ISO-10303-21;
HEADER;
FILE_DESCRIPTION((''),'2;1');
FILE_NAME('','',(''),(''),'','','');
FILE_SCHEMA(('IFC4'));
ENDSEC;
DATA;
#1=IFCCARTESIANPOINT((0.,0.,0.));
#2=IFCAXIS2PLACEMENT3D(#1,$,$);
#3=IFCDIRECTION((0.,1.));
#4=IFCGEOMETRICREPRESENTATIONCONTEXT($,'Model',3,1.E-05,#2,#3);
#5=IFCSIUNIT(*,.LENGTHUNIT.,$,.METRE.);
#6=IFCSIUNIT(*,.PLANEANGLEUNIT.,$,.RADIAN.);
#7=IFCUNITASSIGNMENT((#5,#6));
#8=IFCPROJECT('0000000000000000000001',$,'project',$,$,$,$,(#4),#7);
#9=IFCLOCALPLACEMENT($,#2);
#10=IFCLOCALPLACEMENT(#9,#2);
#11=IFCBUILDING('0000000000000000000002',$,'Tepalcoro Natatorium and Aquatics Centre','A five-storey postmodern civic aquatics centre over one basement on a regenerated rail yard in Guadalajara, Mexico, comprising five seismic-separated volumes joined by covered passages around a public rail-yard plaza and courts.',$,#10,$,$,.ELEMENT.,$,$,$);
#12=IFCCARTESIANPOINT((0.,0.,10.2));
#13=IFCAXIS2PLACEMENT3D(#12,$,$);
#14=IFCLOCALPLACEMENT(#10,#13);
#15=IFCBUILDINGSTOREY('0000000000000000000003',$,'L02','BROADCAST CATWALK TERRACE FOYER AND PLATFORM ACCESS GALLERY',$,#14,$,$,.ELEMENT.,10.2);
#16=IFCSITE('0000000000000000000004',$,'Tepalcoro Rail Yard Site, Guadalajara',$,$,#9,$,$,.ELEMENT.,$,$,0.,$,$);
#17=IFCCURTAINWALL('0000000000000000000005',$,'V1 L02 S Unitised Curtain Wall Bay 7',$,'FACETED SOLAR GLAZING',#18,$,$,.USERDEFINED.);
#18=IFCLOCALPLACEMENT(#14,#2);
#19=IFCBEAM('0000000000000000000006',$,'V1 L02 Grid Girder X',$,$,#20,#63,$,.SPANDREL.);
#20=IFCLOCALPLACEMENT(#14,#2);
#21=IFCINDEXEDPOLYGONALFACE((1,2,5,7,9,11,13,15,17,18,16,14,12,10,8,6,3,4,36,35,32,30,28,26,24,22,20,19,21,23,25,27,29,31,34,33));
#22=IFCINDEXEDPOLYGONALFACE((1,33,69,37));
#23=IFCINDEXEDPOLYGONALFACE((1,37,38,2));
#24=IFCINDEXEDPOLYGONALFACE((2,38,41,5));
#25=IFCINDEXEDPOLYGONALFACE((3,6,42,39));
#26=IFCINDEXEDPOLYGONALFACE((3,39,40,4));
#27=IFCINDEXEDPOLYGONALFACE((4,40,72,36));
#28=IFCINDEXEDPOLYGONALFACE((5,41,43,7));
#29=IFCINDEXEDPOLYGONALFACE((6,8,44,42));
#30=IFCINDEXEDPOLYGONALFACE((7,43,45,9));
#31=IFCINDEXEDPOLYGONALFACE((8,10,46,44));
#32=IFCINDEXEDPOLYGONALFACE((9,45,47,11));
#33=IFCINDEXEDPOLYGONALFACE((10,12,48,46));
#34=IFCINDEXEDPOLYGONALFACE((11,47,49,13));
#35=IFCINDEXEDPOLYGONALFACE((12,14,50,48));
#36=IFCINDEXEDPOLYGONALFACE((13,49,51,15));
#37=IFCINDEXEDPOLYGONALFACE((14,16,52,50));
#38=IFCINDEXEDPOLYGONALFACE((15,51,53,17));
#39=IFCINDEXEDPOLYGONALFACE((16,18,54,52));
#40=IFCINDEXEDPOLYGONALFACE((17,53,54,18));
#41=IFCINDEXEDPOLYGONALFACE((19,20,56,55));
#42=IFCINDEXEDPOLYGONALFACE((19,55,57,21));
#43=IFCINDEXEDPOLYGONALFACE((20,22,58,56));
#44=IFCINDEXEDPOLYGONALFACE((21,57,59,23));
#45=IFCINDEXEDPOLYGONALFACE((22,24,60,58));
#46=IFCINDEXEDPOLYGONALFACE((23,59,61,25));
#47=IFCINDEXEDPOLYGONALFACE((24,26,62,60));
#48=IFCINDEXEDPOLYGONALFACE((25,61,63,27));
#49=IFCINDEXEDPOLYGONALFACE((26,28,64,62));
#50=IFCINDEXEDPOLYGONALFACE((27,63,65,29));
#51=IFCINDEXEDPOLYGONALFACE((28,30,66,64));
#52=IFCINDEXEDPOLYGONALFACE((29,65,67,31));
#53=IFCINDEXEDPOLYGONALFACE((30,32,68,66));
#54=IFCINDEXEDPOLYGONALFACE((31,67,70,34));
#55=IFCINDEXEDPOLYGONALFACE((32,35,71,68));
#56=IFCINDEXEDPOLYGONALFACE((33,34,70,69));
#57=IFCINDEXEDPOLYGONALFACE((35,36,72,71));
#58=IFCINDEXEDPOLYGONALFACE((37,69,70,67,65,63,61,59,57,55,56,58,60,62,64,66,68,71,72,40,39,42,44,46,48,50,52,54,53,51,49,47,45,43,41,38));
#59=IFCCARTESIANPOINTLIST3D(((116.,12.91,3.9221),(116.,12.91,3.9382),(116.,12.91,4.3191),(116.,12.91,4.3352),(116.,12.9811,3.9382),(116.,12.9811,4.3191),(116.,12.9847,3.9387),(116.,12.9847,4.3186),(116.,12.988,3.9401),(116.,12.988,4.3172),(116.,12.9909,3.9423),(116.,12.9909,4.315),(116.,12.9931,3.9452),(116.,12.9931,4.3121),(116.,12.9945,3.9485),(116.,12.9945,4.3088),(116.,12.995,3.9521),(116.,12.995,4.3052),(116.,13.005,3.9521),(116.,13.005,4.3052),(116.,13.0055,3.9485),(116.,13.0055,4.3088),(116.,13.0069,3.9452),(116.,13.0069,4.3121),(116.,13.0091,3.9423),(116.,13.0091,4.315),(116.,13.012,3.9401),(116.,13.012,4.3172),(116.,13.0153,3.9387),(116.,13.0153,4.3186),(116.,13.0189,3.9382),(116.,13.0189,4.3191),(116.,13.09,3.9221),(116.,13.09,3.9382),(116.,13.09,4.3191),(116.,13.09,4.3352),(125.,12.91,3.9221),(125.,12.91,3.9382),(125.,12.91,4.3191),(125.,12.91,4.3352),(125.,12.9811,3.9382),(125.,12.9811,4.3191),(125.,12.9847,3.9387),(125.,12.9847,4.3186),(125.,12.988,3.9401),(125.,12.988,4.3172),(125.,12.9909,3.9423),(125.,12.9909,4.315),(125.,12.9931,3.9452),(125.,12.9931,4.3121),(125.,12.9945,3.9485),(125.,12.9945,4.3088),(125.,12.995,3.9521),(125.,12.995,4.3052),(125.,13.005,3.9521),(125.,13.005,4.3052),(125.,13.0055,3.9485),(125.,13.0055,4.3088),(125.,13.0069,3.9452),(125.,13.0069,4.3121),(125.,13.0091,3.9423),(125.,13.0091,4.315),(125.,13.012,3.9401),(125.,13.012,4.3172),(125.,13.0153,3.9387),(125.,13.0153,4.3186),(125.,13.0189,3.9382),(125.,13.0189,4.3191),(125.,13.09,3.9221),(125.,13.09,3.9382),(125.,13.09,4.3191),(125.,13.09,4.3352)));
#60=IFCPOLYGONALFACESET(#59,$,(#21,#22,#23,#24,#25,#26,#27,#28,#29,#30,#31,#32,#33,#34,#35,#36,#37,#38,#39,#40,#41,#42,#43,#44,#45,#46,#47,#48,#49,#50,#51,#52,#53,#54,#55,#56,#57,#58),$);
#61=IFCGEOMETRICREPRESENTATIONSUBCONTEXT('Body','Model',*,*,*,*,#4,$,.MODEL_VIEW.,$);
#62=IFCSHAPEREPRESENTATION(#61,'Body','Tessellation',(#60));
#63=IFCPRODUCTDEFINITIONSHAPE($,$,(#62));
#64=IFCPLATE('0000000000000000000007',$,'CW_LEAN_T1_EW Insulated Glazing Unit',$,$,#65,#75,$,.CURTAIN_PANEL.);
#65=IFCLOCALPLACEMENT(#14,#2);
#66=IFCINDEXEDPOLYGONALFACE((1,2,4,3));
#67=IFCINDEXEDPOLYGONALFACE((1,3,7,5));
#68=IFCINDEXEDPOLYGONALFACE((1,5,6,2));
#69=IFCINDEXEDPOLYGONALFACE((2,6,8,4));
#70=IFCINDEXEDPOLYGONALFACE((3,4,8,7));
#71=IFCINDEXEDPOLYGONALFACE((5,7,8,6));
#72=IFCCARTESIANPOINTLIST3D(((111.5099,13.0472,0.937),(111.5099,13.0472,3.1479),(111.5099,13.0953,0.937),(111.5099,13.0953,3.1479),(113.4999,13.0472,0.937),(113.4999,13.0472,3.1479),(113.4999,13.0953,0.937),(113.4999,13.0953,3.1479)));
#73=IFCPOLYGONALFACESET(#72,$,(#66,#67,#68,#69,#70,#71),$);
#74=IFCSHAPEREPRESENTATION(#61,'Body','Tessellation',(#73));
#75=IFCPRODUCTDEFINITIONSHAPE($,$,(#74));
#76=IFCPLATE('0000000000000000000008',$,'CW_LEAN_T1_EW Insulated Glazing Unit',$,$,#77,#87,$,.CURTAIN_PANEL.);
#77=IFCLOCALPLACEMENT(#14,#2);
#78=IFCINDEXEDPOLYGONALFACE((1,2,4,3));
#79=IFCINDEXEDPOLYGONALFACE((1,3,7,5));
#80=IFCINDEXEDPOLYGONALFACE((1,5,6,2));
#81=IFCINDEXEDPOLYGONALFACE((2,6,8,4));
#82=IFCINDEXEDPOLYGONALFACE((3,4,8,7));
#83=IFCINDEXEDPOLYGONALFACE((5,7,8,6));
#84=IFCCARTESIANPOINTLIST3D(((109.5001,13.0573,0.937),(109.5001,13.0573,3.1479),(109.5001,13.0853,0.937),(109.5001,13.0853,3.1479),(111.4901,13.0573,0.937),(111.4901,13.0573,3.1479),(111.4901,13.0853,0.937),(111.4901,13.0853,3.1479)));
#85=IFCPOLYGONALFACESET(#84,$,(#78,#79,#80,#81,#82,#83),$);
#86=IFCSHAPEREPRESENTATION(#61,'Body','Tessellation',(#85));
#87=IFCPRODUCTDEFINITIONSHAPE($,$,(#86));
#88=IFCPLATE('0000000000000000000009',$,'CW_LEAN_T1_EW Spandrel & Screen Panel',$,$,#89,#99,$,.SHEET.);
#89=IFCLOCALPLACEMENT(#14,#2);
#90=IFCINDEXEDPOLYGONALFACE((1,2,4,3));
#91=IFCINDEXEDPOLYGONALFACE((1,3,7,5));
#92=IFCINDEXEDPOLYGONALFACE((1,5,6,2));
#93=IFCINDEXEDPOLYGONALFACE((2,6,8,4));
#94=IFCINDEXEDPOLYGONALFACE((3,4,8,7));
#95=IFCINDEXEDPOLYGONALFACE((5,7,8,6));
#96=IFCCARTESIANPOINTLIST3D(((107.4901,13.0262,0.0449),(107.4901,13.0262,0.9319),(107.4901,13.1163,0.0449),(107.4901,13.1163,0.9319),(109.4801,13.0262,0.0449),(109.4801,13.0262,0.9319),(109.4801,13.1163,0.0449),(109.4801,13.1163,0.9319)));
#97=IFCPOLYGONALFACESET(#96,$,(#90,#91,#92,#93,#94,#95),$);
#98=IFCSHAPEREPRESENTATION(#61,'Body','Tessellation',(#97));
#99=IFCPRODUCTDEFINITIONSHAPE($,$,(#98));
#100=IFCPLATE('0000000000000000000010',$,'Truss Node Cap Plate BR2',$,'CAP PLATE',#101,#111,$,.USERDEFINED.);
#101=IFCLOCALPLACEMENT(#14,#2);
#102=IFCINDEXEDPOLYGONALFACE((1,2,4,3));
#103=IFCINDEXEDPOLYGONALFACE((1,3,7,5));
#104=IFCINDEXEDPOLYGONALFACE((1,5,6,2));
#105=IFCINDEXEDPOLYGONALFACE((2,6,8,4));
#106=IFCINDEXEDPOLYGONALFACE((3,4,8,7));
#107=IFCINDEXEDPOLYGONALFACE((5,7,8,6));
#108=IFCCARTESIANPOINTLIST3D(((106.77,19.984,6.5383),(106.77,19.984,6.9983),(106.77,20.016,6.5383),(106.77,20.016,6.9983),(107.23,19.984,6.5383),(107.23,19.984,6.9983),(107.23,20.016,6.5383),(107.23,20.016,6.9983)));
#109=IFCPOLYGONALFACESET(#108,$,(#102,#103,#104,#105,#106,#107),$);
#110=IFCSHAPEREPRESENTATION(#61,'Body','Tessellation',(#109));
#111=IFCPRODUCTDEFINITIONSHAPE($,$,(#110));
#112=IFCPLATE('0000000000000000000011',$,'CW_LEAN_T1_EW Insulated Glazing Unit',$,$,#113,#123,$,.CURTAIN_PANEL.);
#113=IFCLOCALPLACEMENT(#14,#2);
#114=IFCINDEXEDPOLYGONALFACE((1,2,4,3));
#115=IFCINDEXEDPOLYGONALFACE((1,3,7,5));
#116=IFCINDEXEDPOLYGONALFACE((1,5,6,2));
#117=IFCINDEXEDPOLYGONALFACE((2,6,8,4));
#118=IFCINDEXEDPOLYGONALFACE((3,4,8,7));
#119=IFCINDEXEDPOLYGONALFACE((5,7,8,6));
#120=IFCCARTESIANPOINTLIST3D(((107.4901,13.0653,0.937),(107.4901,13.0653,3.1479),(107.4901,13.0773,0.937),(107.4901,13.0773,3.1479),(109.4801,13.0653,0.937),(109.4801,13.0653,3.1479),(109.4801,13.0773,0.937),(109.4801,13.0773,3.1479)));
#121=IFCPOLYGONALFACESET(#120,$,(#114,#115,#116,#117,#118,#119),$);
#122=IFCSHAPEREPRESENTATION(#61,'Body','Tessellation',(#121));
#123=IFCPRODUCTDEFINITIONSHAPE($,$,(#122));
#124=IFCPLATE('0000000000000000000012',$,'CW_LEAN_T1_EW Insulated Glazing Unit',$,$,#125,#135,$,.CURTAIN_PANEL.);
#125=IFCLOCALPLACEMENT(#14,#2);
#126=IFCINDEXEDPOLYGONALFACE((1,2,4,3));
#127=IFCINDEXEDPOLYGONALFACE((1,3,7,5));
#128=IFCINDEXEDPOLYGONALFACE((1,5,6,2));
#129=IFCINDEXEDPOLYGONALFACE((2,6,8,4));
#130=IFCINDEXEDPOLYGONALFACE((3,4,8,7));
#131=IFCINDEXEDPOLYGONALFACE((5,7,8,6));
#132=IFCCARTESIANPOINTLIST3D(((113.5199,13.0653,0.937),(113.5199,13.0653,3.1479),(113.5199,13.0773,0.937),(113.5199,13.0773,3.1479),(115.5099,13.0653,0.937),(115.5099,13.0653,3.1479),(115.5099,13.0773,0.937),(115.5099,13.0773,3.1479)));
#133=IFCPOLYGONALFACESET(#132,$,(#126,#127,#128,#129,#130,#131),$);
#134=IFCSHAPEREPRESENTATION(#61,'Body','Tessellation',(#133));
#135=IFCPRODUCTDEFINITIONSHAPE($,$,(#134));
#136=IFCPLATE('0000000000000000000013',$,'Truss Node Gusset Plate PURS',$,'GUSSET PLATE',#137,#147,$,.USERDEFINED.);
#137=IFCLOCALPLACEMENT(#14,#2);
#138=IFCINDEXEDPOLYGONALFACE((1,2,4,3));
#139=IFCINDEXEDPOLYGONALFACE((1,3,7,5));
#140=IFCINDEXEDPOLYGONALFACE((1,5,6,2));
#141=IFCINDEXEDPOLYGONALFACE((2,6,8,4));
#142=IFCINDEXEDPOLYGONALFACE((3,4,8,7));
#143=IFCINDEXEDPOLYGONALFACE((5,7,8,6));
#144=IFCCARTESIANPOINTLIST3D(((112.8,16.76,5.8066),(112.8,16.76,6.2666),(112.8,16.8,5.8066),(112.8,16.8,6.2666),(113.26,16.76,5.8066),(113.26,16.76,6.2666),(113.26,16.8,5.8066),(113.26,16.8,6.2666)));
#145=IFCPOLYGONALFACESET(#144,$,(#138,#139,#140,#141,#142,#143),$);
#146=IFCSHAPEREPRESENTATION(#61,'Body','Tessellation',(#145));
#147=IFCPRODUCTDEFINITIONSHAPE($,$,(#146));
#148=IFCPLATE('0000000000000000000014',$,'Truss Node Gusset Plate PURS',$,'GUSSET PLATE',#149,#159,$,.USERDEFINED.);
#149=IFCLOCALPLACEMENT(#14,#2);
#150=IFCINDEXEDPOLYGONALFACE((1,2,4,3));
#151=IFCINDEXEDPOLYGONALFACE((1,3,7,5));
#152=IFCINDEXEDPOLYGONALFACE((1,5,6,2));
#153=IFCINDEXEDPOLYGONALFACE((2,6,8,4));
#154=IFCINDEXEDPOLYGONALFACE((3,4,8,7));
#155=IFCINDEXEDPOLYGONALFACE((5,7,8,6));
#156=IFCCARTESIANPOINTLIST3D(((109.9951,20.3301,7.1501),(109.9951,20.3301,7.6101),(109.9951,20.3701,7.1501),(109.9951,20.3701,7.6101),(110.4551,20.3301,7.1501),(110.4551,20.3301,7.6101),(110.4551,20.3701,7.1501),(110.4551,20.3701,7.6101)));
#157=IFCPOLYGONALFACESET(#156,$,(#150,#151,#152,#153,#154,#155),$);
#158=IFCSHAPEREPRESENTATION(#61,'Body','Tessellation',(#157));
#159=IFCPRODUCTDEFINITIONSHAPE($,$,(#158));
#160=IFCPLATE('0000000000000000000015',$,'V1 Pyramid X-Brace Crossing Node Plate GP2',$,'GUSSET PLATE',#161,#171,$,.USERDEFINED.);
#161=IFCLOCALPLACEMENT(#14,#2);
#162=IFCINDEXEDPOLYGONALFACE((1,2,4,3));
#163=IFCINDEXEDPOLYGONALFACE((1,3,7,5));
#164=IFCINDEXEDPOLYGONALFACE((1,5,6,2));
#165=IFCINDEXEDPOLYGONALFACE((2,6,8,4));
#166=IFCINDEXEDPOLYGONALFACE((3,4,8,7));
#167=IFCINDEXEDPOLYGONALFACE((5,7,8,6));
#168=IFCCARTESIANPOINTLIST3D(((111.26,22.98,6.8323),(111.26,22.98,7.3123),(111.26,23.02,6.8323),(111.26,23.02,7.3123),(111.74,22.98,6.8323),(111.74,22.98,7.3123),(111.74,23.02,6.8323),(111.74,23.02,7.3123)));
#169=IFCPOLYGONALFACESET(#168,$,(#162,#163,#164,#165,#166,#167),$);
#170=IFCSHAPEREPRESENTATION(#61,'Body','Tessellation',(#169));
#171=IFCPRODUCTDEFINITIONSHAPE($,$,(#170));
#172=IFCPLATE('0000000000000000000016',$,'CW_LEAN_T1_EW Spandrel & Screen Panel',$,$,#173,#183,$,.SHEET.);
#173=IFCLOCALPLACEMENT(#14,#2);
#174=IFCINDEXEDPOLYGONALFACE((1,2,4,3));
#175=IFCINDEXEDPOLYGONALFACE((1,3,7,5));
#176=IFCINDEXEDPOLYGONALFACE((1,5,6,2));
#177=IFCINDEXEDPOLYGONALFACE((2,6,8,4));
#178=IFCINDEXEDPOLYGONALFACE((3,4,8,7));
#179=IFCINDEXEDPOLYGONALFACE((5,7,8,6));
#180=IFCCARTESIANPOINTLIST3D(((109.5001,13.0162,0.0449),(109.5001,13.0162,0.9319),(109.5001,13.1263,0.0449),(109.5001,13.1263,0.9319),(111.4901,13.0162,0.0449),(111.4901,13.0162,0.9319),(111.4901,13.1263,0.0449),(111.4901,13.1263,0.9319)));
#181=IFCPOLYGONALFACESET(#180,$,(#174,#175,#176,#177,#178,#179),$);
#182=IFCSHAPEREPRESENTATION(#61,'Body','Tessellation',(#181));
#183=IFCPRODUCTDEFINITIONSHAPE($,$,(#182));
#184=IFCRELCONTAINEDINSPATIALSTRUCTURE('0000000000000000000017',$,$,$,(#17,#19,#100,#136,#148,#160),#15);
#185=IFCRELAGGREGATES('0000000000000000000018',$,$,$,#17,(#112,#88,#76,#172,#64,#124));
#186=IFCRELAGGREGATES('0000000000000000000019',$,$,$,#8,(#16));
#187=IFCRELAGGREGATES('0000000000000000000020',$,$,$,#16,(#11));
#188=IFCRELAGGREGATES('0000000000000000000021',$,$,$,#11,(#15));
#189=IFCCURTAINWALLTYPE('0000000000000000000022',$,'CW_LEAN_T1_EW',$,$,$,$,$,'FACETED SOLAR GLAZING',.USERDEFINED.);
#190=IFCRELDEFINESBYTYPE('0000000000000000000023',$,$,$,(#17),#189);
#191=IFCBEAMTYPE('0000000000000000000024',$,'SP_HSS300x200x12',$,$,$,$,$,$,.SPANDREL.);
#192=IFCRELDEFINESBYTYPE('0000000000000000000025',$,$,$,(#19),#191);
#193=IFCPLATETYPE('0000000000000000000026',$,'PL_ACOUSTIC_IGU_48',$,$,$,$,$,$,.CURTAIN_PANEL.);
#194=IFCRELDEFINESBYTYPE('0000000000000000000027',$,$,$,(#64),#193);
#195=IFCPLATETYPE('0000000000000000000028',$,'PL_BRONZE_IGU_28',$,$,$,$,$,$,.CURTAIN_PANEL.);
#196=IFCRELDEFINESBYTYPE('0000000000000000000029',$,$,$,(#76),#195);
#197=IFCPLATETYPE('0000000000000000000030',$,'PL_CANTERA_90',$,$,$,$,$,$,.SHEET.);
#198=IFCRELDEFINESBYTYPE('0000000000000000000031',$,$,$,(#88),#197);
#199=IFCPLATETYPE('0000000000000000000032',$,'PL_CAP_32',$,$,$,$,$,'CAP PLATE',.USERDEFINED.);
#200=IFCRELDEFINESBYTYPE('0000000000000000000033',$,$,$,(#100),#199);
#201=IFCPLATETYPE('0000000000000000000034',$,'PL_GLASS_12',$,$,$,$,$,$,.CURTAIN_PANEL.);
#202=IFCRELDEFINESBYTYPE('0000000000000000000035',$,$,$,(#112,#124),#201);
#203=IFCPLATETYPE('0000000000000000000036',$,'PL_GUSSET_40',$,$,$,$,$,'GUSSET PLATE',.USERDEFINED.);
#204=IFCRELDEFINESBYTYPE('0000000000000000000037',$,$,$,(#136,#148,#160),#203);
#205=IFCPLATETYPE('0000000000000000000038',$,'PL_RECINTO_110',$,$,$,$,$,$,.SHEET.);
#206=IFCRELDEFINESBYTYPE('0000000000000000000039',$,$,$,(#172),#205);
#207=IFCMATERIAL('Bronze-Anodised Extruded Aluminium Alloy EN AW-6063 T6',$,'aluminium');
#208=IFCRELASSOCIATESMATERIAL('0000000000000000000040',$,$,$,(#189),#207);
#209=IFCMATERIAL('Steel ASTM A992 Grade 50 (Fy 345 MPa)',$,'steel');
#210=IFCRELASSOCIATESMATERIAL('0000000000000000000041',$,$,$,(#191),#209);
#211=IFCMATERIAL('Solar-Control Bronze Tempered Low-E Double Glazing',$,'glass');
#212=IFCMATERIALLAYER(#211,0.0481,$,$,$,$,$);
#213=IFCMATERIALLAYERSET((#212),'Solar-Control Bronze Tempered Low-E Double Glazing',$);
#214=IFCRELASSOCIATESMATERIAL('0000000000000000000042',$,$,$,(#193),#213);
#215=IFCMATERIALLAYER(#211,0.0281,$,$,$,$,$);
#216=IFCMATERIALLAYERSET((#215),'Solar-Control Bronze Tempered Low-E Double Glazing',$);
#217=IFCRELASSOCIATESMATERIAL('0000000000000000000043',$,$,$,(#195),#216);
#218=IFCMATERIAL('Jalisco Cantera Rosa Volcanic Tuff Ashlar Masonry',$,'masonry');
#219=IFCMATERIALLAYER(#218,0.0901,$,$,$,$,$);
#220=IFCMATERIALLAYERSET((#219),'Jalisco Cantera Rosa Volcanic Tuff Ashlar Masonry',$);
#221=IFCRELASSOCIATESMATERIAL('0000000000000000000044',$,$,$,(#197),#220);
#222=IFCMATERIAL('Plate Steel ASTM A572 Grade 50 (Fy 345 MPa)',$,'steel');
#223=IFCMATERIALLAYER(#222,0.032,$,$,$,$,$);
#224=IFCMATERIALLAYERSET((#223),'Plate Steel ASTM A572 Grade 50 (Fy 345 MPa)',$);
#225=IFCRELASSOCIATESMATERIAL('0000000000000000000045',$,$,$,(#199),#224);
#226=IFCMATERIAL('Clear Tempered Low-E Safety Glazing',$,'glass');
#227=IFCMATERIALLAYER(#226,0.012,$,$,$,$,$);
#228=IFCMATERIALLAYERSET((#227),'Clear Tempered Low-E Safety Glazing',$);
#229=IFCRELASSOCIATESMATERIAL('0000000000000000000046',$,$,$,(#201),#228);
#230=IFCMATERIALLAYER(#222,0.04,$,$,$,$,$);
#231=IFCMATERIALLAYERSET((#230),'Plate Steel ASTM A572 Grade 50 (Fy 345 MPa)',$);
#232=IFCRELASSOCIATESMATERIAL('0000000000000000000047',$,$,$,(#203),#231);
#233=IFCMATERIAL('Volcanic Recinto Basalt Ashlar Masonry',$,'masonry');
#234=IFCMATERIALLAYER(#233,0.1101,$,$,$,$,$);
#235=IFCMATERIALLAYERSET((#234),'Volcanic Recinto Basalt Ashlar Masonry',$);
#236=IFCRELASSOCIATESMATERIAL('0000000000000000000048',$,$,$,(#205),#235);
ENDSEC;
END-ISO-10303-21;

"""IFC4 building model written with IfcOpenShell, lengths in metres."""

from ifc_helpers import new_model, si_unit, direction, frame, origin, origin_2d, place, context, subcontext, project, spatial, rectangle, i_section, extrude, material, layer, layer_set, material_profile, profile_set, type_object, element, aggregate, save


model = new_model("IFC4")

# Units and contexts
model_context = context("Model", 3, precision=1e-05, world=origin(), true_north=direction((0.0, 1.0)))
body_context = subcontext(model_context, "Body", "Model", "MODEL_VIEW")
ifc_project = project(units=[si_unit("LENGTHUNIT", "METRE"), si_unit("PLANEANGLEUNIT", "RADIAN")], contexts=[model_context])

# Site, building, storey
site_placement = place(None, origin())
site = spatial("IfcSite", under=ifc_project, at=site_placement, Name="Tepalcoro Rail Yard Site, Guadalajara", CompositionType="ELEMENT", RefElevation=0.0)
building_placement = place(site_placement, origin())
building = spatial("IfcBuilding", under=site, at=building_placement, Name="Tepalcoro Natatorium and Aquatics Centre", Description="A five-storey postmodern civic aquatics centre over one basement on a regenerated rail yard in Guadalajara, Mexico, comprising five seismic-separated volumes joined by covered passages around a public rail-yard plaza and courts.", CompositionType="ELEMENT")
storey_placement = place(building_placement, frame((0.0, 0.0, 10.2)))
storey = spatial("IfcBuildingStorey", under=building, at=storey_placement, Name="L02", Description="BROADCAST CATWALK TERRACE FOYER AND PLATFORM ACCESS GALLERY", CompositionType="ELEMENT", Elevation=10.2)

# Shared definitions
ifc_material_1 = material(Name="Steel ASTM A992 Grade 50 (Fy 345 MPa)", Category="steel")

# Curtain wall
ifc_material_2 = material(Name="Bronze-Anodised Extruded Aluminium Alloy EN AW-6063 T6", Category="aluminium")
curtain_wall_type = type_object("IfcCurtainWallType", Name="CW_LEAN_T1_EW", ElementType="FACETED SOLAR GLAZING", PredefinedType="USERDEFINED", material=ifc_material_2)
curtain_wall_placement = place(storey_placement, origin())
curtain_wall = element("IfcCurtainWall", 1, at=curtain_wall_placement, inside=storey, type_object=curtain_wall_type, Name="V1 L02 S Unitised Curtain Wall Bay 7", ObjectType="FACETED SOLAR GLAZING", PredefinedType="USERDEFINED")

# Beam
ifc_material_profile_1 = material_profile(ifc_material_1, i_section(OverallWidth=0.1799, OverallDepth=0.4131, WebThickness=0.01, FlangeThickness=0.0161, FilletRadius=0.0139, at=origin_2d()), Name="W16X50")
ifc_profile_set_1 = profile_set([ifc_material_profile_1], Name="Steel ASTM A992 Grade 50 (Fy 345 MPa)")
beam_type_1 = type_object("IfcBeamType", Name="SP_HSS300x200x12", PredefinedType="SPANDREL", material=ifc_profile_set_1)
beam_1_placement = place(storey_placement, frame((116.0, 13.0, 4.1287), z_axis=(1.0, 0.0, 0.0), x_axis=(0.0, 1.0, 0.0)))
element("IfcBeam", 2, at=beam_1_placement, inside=storey, type_object=beam_type_1, Name="V1 L02 Grid Girder X", PredefinedType="SPANDREL", context=body_context, shape_type="SweptSolid", body=[
    extrude(i_section(OverallWidth=0.1799, OverallDepth=0.4131, WebThickness=0.01, FlangeThickness=0.0161, FilletRadius=0.0139, at=origin_2d()), origin(), (0.0, 0.0, 1.0), 9.0),
])

# Plates
ifc_material_3 = material(Name="Solar-Control Bronze Tempered Low-E Double Glazing", Category="glass")
ifc_layer_1 = layer(ifc_material_3, 0.0481)
ifc_layer_set_1 = layer_set([ifc_layer_1], Name="Solar-Control Bronze Tempered Low-E Double Glazing")
plate_type_1 = type_object("IfcPlateType", Name="PL_ACOUSTIC_IGU_48", PredefinedType="CURTAIN_PANEL", material=ifc_layer_set_1)
plate_1_placement = place(storey_placement, frame((112.5049, 13.0713, 0.937), z_axis=(0.0, 0.0, 1.0), x_axis=(1.0, 0.0, 0.0)))
plate_1 = element("IfcPlate", 3, at=plate_1_placement, type_object=plate_type_1, Name="CW_LEAN_T1_EW Insulated Glazing Unit", PredefinedType="CURTAIN_PANEL", context=body_context, shape_type="SweptSolid", body=[
    extrude(rectangle(XDim=1.99, YDim=0.0481, at=origin_2d()), origin(), (0.0, 0.0, 1.0), 2.2109),
])
ifc_layer_2 = layer(ifc_material_3, 0.0281)
ifc_layer_set_2 = layer_set([ifc_layer_2], Name="Solar-Control Bronze Tempered Low-E Double Glazing")
plate_type_2 = type_object("IfcPlateType", Name="PL_BRONZE_IGU_28", PredefinedType="CURTAIN_PANEL", material=ifc_layer_set_2)
plate_2_placement = place(storey_placement, frame((110.4951, 13.0713, 0.937), z_axis=(0.0, 0.0, 1.0), x_axis=(1.0, 0.0, 0.0)))
plate_2 = element("IfcPlate", 4, at=plate_2_placement, type_object=plate_type_2, Name="CW_LEAN_T1_EW Insulated Glazing Unit", PredefinedType="CURTAIN_PANEL", context=body_context, shape_type="SweptSolid", body=[
    extrude(rectangle(XDim=1.99, YDim=0.0281, at=origin_2d()), origin(), (0.0, 0.0, 1.0), 2.2109),
])
ifc_material_4 = material(Name="Jalisco Cantera Rosa Volcanic Tuff Ashlar Masonry", Category="masonry")
ifc_layer_3 = layer(ifc_material_4, 0.0901)
ifc_layer_set_3 = layer_set([ifc_layer_3], Name="Jalisco Cantera Rosa Volcanic Tuff Ashlar Masonry")
plate_type_3 = type_object("IfcPlateType", Name="PL_CANTERA_90", PredefinedType="SHEET", material=ifc_layer_set_3)
plate_3_placement = place(storey_placement, frame((108.4851, 13.0713, 0.0449), z_axis=(0.0, 0.0, 1.0), x_axis=(1.0, 0.0, 0.0)))
plate_3 = element("IfcPlate", 5, at=plate_3_placement, type_object=plate_type_3, Name="CW_LEAN_T1_EW Spandrel & Screen Panel", PredefinedType="SHEET", context=body_context, shape_type="SweptSolid", body=[
    extrude(rectangle(XDim=1.99, YDim=0.0901, at=origin_2d()), origin(), (0.0, 0.0, 1.0), 0.887),
])
ifc_material_5 = material(Name="Plate Steel ASTM A572 Grade 50 (Fy 345 MPa)", Category="steel")
ifc_layer_4 = layer(ifc_material_5, 0.032)
ifc_layer_set_4 = layer_set([ifc_layer_4], Name="Plate Steel ASTM A572 Grade 50 (Fy 345 MPa)")
plate_type_4 = type_object("IfcPlateType", Name="PL_CAP_32", ElementType="CAP PLATE", PredefinedType="USERDEFINED", material=ifc_layer_set_4)
plate_4_placement = place(storey_placement, frame((107.0, 20.0, 6.5383), z_axis=(0.0, 0.0, 1.0), x_axis=(1.0, 0.0, 0.0)))
element("IfcPlate", 6, at=plate_4_placement, inside=storey, type_object=plate_type_4, Name="Truss Node Cap Plate BR2", ObjectType="CAP PLATE", PredefinedType="USERDEFINED", context=body_context, shape_type="SweptSolid", body=[
    extrude(rectangle(XDim=0.46, YDim=0.032, at=origin_2d()), origin(), (0.0, 0.0, 1.0), 0.46),
])
ifc_material_6 = material(Name="Clear Tempered Low-E Safety Glazing", Category="glass")
ifc_layer_5 = layer(ifc_material_6, 0.012)
ifc_layer_set_5 = layer_set([ifc_layer_5], Name="Clear Tempered Low-E Safety Glazing")
plate_type_5 = type_object("IfcPlateType", Name="PL_GLASS_12", PredefinedType="CURTAIN_PANEL", material=ifc_layer_set_5)
plate_5_placement = place(storey_placement, frame((108.4851, 13.0713, 0.937), z_axis=(0.0, 0.0, 1.0), x_axis=(1.0, 0.0, 0.0)))
plate_5 = element("IfcPlate", 7, at=plate_5_placement, type_object=plate_type_5, Name="CW_LEAN_T1_EW Insulated Glazing Unit", PredefinedType="CURTAIN_PANEL", context=body_context, shape_type="SweptSolid", body=[
    extrude(rectangle(XDim=1.99, YDim=0.012, at=origin_2d()), origin(), (0.0, 0.0, 1.0), 2.2109),
])
plate_6_placement = place(storey_placement, frame((114.5149, 13.0713, 0.937), z_axis=(0.0, 0.0, 1.0), x_axis=(1.0, 0.0, 0.0)))
plate_6 = element("IfcPlate", 8, at=plate_6_placement, type_object=plate_type_5, Name="CW_LEAN_T1_EW Insulated Glazing Unit", PredefinedType="CURTAIN_PANEL", context=body_context, shape_type="SweptSolid", body=[
    extrude(rectangle(XDim=1.99, YDim=0.012, at=origin_2d()), origin(), (0.0, 0.0, 1.0), 2.2109),
])

# Plates
ifc_layer_6 = layer(ifc_material_5, 0.04)
ifc_layer_set_6 = layer_set([ifc_layer_6], Name="Plate Steel ASTM A572 Grade 50 (Fy 345 MPa)")
plate_type_6 = type_object("IfcPlateType", Name="PL_GUSSET_40", ElementType="GUSSET PLATE", PredefinedType="USERDEFINED", material=ifc_layer_set_6)
for number, where, z_axis, x_axis, name in (
    (9, (113.03, 16.78, 5.8066), (0.0, 0.0, 1.0), (1.0, 0.0, 0.0), "Truss Node Gusset Plate PURS"),
    (10, (110.2251, 20.3501, 7.1501), (0.0, 0.0, 1.0), (1.0, 0.0, 0.0), "Truss Node Gusset Plate PURS"),
):
    element("IfcPlate", number, at=place(storey_placement, frame(where, z_axis=z_axis, x_axis=x_axis)), inside=storey, type_object=plate_type_6, Name=name, ObjectType="GUSSET PLATE", PredefinedType="USERDEFINED", context=body_context, shape_type="SweptSolid", body=[
        extrude(rectangle(XDim=0.46, YDim=0.04, at=origin_2d()), origin(), (0.0, 0.0, 1.0), 0.46),
    ])
plate_7_placement = place(storey_placement, frame((111.5, 23.0, 6.8323), z_axis=(0.0, 0.0, 1.0), x_axis=(1.0, 0.0, 0.0)))
element("IfcPlate", 11, at=plate_7_placement, inside=storey, type_object=plate_type_6, Name="V1 Pyramid X-Brace Crossing Node Plate GP2", ObjectType="GUSSET PLATE", PredefinedType="USERDEFINED", context=body_context, shape_type="SweptSolid", body=[
    extrude(rectangle(XDim=0.48, YDim=0.04, at=origin_2d()), origin(), (0.0, 0.0, 1.0), 0.48),
])

# Plate
ifc_material_7 = material(Name="Volcanic Recinto Basalt Ashlar Masonry", Category="masonry")
ifc_layer_7 = layer(ifc_material_7, 0.1101)
ifc_layer_set_7 = layer_set([ifc_layer_7], Name="Volcanic Recinto Basalt Ashlar Masonry")
plate_type_7 = type_object("IfcPlateType", Name="PL_RECINTO_110", PredefinedType="SHEET", material=ifc_layer_set_7)
plate_8_placement = place(storey_placement, frame((110.4951, 13.0713, 0.0449), z_axis=(0.0, 0.0, 1.0), x_axis=(1.0, 0.0, 0.0)))
plate_8 = element("IfcPlate", 12, at=plate_8_placement, type_object=plate_type_7, Name="CW_LEAN_T1_EW Spandrel & Screen Panel", PredefinedType="SHEET", context=body_context, shape_type="SweptSolid", body=[
    extrude(rectangle(XDim=1.99, YDim=0.1101, at=origin_2d()), origin(), (0.0, 0.0, 1.0), 0.887),
])
aggregate(curtain_wall, [plate_5, plate_3, plate_2, plate_8, plate_1, plate_6])

save(model, "model.ifc")
